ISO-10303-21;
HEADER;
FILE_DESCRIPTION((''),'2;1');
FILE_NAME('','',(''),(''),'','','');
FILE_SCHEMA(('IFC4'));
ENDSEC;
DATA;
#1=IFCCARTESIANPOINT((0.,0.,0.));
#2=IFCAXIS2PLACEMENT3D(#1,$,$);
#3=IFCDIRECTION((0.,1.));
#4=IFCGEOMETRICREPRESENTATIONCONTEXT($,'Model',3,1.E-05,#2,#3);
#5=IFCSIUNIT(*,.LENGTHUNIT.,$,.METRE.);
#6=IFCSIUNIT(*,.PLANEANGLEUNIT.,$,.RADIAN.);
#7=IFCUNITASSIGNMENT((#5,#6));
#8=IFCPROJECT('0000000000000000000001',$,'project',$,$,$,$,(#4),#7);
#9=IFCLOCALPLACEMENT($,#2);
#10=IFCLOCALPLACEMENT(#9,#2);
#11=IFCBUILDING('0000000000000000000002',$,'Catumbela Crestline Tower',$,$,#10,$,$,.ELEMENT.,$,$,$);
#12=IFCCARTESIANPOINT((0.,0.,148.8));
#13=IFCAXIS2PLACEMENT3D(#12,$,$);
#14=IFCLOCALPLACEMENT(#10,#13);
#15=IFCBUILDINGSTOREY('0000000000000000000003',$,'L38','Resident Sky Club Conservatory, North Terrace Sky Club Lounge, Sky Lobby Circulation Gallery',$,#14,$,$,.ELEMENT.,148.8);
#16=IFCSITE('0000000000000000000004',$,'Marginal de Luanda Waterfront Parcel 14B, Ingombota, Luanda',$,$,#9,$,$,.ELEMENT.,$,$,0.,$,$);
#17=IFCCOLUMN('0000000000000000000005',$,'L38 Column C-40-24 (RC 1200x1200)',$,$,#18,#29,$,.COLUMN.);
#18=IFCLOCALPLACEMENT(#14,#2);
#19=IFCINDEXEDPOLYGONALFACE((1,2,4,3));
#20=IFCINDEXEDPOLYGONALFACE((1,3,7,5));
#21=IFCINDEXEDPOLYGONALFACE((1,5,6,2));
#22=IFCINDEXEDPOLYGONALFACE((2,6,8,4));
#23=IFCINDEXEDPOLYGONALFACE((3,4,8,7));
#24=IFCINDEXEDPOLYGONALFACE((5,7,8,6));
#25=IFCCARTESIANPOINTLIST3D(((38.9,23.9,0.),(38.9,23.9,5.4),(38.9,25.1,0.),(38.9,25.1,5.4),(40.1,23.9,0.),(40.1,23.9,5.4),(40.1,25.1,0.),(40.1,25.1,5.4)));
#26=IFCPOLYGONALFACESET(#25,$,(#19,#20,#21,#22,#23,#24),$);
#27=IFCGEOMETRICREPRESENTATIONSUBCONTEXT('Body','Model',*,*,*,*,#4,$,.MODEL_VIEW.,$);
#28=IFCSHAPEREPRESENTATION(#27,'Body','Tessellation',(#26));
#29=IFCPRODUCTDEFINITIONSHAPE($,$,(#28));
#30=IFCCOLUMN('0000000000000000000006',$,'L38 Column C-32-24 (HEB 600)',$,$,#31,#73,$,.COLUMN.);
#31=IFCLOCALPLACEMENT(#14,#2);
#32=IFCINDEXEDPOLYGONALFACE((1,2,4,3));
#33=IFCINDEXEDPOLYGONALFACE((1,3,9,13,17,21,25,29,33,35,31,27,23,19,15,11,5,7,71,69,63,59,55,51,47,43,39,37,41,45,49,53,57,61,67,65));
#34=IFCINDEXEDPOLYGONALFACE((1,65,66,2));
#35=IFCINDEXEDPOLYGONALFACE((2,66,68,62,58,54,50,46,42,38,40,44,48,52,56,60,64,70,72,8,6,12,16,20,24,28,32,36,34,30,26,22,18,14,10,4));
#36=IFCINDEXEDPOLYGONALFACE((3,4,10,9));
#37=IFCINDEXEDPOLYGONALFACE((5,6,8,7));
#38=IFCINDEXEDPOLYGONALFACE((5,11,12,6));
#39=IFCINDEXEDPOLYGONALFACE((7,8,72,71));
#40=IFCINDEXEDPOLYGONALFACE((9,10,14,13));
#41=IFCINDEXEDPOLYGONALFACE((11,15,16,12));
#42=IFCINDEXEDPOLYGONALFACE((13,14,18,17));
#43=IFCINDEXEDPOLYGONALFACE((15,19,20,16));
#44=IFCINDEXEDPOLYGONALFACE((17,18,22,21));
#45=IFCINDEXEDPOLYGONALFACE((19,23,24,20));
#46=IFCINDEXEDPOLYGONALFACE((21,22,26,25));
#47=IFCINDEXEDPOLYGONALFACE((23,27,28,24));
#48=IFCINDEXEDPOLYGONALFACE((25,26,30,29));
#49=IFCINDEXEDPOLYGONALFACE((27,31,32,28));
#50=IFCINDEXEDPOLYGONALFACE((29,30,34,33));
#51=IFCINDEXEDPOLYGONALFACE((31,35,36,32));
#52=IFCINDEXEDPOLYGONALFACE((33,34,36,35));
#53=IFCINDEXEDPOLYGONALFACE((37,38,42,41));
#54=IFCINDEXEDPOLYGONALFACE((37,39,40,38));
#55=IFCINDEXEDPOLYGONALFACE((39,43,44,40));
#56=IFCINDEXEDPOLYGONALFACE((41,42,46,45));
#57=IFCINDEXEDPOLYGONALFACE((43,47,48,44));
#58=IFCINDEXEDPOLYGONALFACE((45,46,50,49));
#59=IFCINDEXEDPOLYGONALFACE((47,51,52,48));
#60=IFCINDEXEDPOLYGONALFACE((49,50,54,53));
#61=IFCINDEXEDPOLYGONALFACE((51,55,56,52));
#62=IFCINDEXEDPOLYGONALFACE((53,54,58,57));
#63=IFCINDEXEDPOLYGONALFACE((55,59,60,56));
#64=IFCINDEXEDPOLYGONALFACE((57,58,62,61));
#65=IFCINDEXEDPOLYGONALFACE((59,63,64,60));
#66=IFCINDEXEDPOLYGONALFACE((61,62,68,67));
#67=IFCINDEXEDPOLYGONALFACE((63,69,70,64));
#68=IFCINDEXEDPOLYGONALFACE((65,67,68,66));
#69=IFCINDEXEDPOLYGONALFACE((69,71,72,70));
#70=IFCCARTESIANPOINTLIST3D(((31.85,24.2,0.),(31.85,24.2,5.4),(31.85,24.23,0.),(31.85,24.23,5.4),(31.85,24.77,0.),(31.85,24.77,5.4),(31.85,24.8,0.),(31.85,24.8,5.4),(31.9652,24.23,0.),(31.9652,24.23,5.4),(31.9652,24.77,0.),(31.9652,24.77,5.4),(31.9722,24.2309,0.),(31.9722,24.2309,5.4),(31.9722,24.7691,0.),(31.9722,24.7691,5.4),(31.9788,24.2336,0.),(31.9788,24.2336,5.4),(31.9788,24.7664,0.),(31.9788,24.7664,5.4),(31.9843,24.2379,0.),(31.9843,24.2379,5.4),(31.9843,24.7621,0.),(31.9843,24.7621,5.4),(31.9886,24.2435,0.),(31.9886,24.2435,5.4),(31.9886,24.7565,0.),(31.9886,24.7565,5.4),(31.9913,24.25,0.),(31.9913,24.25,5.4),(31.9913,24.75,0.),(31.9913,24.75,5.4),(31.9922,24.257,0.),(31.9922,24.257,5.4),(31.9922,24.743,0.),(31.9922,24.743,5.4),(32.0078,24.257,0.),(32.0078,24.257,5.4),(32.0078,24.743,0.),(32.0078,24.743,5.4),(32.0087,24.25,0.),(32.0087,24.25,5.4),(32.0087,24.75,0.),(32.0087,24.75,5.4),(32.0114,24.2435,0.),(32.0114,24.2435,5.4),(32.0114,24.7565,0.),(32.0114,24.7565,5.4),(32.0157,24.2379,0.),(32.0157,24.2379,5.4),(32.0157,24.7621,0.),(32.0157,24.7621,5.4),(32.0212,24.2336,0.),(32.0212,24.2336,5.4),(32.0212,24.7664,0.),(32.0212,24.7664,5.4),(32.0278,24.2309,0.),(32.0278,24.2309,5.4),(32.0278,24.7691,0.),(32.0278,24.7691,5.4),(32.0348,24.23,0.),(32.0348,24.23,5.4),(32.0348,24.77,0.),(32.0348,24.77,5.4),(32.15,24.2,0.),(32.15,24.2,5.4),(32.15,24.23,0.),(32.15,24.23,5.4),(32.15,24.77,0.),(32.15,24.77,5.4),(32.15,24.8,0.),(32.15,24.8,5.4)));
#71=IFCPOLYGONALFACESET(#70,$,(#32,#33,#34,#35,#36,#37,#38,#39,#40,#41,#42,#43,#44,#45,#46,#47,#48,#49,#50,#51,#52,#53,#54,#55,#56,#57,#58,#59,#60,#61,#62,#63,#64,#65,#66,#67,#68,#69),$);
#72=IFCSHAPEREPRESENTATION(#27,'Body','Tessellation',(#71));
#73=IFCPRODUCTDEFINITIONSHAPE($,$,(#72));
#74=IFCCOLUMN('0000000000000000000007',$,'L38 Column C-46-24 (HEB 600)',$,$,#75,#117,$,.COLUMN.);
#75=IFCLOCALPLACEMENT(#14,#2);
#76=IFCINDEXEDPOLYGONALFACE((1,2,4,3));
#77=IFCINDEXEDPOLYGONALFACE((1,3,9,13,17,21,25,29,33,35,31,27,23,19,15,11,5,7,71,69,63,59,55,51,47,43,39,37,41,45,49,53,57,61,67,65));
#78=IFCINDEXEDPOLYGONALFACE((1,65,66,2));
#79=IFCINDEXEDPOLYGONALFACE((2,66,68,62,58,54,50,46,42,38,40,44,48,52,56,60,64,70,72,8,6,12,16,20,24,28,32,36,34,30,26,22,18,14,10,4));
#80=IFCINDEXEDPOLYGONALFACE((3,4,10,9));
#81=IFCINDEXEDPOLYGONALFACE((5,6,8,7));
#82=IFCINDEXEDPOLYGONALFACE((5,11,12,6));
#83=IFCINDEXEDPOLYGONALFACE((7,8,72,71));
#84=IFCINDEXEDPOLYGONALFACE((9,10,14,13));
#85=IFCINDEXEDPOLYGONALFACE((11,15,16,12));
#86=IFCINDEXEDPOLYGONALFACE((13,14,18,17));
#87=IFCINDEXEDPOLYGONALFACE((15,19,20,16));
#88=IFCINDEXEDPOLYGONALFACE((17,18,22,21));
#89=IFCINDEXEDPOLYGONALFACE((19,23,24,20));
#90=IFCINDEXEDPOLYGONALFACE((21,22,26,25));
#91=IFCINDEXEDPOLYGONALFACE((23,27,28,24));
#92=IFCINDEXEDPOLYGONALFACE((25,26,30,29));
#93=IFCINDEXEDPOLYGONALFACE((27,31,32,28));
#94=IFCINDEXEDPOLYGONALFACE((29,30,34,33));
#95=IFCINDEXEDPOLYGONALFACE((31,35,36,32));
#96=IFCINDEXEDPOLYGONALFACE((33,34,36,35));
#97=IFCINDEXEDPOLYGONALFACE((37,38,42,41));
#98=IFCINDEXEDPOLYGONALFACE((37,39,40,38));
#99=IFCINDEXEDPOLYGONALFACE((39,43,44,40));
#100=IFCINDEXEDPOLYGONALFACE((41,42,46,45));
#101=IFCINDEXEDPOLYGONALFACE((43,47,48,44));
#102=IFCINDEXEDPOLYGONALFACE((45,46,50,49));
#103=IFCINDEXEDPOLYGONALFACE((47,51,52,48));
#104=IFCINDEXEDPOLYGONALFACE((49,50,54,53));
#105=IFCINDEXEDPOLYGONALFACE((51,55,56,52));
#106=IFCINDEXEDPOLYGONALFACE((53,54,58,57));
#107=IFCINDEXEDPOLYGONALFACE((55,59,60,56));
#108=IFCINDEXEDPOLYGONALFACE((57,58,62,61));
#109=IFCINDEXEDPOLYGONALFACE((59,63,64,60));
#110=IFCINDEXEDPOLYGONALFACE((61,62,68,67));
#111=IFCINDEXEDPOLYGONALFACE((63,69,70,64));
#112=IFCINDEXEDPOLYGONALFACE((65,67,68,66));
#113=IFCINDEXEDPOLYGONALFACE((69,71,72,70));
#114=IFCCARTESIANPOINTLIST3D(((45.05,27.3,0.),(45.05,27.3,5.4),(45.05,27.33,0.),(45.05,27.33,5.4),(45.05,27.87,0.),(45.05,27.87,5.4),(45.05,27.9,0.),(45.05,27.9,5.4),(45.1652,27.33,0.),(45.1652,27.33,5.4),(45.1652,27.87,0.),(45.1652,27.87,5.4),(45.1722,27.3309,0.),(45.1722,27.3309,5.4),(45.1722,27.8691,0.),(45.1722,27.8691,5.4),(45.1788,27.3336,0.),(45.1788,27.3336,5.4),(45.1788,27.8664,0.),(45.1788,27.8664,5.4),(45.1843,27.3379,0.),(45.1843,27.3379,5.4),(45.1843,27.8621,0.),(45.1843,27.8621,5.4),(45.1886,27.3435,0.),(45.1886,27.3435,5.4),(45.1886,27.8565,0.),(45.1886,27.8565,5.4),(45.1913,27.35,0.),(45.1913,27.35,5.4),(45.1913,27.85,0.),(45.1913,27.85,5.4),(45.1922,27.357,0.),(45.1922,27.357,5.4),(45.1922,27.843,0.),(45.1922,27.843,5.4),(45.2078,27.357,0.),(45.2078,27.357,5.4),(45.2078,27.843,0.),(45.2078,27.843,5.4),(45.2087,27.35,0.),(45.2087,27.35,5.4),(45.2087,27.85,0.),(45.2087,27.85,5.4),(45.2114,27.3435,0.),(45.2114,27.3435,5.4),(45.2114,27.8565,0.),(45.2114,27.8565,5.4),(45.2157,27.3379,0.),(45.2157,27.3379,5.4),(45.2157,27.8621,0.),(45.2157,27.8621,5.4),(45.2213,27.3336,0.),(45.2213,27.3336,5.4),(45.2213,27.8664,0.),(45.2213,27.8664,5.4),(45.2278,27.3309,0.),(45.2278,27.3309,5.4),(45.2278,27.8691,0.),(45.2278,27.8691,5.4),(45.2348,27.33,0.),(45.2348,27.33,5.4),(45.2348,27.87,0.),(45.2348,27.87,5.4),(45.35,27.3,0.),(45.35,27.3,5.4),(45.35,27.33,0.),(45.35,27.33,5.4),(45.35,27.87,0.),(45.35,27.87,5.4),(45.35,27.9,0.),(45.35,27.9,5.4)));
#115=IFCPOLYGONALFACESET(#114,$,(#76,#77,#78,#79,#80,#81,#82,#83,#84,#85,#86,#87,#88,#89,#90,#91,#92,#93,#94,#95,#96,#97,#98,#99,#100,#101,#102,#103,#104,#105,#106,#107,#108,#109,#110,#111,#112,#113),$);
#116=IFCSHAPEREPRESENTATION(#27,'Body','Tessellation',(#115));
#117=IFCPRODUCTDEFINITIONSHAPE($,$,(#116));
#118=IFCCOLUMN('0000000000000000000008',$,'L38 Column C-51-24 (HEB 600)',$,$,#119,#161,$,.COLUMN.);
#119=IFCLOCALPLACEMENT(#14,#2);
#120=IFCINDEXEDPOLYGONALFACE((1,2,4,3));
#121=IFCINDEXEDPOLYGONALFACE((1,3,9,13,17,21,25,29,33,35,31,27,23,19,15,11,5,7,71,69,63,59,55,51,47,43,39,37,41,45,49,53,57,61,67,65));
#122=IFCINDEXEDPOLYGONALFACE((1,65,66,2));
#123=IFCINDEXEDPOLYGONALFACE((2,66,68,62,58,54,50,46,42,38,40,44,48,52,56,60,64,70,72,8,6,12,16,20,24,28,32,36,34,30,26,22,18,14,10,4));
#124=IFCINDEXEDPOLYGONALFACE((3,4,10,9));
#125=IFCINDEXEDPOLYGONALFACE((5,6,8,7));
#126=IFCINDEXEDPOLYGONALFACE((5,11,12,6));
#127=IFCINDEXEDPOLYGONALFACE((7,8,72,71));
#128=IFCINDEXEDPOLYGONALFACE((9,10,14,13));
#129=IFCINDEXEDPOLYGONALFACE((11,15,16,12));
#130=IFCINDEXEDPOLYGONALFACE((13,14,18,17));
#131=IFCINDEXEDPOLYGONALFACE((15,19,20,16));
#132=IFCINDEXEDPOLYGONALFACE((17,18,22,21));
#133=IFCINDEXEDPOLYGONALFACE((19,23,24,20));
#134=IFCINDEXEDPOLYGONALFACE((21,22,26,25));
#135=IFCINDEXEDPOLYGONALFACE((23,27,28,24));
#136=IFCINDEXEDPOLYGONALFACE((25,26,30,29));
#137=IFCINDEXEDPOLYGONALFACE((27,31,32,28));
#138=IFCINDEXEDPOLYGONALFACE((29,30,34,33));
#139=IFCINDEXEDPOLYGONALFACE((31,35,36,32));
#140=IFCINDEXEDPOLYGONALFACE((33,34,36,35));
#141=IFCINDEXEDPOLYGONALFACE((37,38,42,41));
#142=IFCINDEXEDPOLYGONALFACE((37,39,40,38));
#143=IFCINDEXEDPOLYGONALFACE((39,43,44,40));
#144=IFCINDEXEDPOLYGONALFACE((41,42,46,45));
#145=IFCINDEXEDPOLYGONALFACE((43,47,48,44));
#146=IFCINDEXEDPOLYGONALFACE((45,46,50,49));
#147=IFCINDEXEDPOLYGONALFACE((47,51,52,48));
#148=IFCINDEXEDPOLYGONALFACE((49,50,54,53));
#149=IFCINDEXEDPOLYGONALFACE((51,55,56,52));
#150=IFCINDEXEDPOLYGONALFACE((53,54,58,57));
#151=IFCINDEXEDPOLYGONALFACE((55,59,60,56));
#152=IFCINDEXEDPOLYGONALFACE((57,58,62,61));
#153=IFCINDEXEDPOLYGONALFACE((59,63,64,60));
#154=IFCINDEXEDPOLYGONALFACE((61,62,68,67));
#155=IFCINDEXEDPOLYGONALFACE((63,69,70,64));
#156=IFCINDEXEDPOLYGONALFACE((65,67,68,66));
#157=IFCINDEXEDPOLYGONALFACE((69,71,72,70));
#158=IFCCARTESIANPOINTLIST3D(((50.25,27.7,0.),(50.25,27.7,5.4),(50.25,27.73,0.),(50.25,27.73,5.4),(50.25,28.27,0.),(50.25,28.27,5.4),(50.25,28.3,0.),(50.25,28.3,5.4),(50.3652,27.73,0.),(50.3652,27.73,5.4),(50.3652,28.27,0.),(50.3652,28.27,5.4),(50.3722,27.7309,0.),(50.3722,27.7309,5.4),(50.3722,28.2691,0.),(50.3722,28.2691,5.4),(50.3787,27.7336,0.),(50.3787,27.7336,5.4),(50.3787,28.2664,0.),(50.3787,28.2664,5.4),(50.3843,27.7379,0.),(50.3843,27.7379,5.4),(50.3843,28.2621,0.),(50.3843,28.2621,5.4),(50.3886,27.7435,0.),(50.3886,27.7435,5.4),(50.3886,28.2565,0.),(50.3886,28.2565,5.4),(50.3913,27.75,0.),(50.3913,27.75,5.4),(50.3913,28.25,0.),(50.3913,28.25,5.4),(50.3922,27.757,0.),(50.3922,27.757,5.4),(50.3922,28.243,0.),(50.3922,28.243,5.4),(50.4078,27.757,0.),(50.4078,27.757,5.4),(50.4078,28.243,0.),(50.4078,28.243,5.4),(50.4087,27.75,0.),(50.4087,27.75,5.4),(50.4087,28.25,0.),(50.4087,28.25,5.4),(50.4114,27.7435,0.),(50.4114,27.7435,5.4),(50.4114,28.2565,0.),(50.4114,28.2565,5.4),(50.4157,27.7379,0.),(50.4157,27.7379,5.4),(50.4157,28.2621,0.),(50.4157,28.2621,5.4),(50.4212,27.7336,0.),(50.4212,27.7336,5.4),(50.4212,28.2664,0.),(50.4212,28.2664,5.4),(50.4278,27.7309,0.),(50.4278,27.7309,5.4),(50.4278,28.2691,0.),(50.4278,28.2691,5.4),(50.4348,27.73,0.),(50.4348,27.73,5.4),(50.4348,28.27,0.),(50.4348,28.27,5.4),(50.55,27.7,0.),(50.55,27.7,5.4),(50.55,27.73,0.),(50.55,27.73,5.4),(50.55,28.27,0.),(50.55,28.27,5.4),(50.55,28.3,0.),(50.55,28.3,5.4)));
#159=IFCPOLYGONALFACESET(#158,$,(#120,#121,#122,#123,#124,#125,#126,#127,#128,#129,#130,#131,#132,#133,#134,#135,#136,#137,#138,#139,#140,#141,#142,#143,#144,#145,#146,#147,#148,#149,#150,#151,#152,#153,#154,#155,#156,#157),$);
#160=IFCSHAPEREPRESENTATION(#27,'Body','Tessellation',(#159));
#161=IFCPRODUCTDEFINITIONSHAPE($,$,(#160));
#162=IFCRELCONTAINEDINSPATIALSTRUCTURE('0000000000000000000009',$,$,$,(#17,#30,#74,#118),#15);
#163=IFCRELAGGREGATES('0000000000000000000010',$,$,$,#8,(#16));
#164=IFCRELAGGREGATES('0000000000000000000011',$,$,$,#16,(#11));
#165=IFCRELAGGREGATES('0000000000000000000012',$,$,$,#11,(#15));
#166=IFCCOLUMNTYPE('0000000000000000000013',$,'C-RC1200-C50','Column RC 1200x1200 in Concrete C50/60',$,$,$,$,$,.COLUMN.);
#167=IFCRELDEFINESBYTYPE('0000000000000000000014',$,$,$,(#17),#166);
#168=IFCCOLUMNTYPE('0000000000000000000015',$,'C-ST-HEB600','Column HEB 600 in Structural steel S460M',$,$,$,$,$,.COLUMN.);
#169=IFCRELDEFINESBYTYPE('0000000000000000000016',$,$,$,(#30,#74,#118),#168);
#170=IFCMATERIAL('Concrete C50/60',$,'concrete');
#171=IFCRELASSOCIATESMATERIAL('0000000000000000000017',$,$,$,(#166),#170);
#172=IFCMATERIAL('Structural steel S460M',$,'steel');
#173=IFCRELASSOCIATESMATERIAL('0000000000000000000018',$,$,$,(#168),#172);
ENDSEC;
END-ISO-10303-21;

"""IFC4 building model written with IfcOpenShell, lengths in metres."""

from ifc_helpers import new_model, si_unit, direction, frame, origin, origin_2d, place, context, subcontext, project, spatial, rectangle, i_section, extrude, material, material_profile, profile_set, type_object, element, save


model = new_model("IFC4")

# Units and contexts
model_context = context("Model", 3, precision=1e-05, world=origin(), true_north=direction((0.0, 1.0)))
body_context = subcontext(model_context, "Body", "Model", "MODEL_VIEW")
ifc_project = project(units=[si_unit("LENGTHUNIT", "METRE"), si_unit("PLANEANGLEUNIT", "RADIAN")], contexts=[model_context])

# Site, building, storey
site_placement = place(None, origin())
site = spatial("IfcSite", under=ifc_project, at=site_placement, Name="Marginal de Luanda Waterfront Parcel 14B, Ingombota, Luanda", CompositionType="ELEMENT", RefElevation=0.0)
building_placement = place(site_placement, origin())
building = spatial("IfcBuilding", under=site, at=building_placement, Name="Catumbela Crestline Tower", CompositionType="ELEMENT")
storey_placement = place(building_placement, frame((0.0, 0.0, 148.8)))
storey = spatial("IfcBuildingStorey", under=building, at=storey_placement, Name="L38", Description="Resident Sky Club Conservatory, North Terrace Sky Club Lounge, Sky Lobby Circulation Gallery", CompositionType="ELEMENT", Elevation=148.8)

# Columns
ifc_material_1 = material(Name="Concrete C50/60", Category="concrete")
ifc_material_profile_1 = material_profile(ifc_material_1, rectangle(XDim=1.2, YDim=1.2, at=origin_2d()), Name="RC 1200x1200")
ifc_profile_set_1 = profile_set([ifc_material_profile_1], Name="Concrete C50/60")
column_type_1 = type_object("IfcColumnType", Name="C-RC1200-C50", Description="Column RC 1200x1200 in Concrete C50/60", PredefinedType="COLUMN", material=ifc_profile_set_1)
column_placement = place(storey_placement, frame((39.5, 24.5, 0.0), z_axis=(0.0, 0.0, 1.0), x_axis=(1.0, 0.0, 0.0)))
element("IfcColumn", 1, at=column_placement, inside=storey, type_object=column_type_1, Name="L38 Column C-40-24 (RC 1200x1200)", PredefinedType="COLUMN", context=body_context, shape_type="SweptSolid", body=[
    extrude(rectangle(XDim=1.2, YDim=1.2, at=origin_2d()), origin(), (0.0, 0.0, 1.0), 5.4),
])
ifc_material_2 = material(Name="Structural steel S460M", Category="steel")
ifc_material_profile_2 = material_profile(ifc_material_2, i_section(OverallWidth=0.3, OverallDepth=0.6, WebThickness=0.0155, FlangeThickness=0.03, FilletRadius=0.027, at=origin_2d()), Name="HEB 600")
ifc_profile_set_2 = profile_set([ifc_material_profile_2], Name="Structural steel S460M")
column_type_2 = type_object("IfcColumnType", Name="C-ST-HEB600", Description="Column HEB 600 in Structural steel S460M", PredefinedType="COLUMN", material=ifc_profile_set_2)
for number, where, z_axis, x_axis, name in (
    (2, (32.0, 24.5, 0.0), (0.0, 0.0, 1.0), (1.0, 0.0, 0.0), "L38 Column C-32-24 (HEB 600)"),
    (3, (45.2, 27.6, 0.0), (0.0, 0.0, 1.0), (1.0, 0.0, 0.0), "L38 Column C-46-24 (HEB 600)"),
    (4, (50.4, 28.0, 0.0), (0.0, 0.0, 1.0), (1.0, 0.0, 0.0), "L38 Column C-51-24 (HEB 600)"),
):
    element("IfcColumn", number, at=place(storey_placement, frame(where, z_axis=z_axis, x_axis=x_axis)), inside=storey, type_object=column_type_2, Name=name, PredefinedType="COLUMN", context=body_context, shape_type="SweptSolid", body=[
        extrude(i_section(OverallWidth=0.3, OverallDepth=0.6, WebThickness=0.0155, FlangeThickness=0.03, FilletRadius=0.027, at=origin_2d()), origin(), (0.0, 0.0, 1.0), 5.4),
    ])

save(model, "model.ifc")
